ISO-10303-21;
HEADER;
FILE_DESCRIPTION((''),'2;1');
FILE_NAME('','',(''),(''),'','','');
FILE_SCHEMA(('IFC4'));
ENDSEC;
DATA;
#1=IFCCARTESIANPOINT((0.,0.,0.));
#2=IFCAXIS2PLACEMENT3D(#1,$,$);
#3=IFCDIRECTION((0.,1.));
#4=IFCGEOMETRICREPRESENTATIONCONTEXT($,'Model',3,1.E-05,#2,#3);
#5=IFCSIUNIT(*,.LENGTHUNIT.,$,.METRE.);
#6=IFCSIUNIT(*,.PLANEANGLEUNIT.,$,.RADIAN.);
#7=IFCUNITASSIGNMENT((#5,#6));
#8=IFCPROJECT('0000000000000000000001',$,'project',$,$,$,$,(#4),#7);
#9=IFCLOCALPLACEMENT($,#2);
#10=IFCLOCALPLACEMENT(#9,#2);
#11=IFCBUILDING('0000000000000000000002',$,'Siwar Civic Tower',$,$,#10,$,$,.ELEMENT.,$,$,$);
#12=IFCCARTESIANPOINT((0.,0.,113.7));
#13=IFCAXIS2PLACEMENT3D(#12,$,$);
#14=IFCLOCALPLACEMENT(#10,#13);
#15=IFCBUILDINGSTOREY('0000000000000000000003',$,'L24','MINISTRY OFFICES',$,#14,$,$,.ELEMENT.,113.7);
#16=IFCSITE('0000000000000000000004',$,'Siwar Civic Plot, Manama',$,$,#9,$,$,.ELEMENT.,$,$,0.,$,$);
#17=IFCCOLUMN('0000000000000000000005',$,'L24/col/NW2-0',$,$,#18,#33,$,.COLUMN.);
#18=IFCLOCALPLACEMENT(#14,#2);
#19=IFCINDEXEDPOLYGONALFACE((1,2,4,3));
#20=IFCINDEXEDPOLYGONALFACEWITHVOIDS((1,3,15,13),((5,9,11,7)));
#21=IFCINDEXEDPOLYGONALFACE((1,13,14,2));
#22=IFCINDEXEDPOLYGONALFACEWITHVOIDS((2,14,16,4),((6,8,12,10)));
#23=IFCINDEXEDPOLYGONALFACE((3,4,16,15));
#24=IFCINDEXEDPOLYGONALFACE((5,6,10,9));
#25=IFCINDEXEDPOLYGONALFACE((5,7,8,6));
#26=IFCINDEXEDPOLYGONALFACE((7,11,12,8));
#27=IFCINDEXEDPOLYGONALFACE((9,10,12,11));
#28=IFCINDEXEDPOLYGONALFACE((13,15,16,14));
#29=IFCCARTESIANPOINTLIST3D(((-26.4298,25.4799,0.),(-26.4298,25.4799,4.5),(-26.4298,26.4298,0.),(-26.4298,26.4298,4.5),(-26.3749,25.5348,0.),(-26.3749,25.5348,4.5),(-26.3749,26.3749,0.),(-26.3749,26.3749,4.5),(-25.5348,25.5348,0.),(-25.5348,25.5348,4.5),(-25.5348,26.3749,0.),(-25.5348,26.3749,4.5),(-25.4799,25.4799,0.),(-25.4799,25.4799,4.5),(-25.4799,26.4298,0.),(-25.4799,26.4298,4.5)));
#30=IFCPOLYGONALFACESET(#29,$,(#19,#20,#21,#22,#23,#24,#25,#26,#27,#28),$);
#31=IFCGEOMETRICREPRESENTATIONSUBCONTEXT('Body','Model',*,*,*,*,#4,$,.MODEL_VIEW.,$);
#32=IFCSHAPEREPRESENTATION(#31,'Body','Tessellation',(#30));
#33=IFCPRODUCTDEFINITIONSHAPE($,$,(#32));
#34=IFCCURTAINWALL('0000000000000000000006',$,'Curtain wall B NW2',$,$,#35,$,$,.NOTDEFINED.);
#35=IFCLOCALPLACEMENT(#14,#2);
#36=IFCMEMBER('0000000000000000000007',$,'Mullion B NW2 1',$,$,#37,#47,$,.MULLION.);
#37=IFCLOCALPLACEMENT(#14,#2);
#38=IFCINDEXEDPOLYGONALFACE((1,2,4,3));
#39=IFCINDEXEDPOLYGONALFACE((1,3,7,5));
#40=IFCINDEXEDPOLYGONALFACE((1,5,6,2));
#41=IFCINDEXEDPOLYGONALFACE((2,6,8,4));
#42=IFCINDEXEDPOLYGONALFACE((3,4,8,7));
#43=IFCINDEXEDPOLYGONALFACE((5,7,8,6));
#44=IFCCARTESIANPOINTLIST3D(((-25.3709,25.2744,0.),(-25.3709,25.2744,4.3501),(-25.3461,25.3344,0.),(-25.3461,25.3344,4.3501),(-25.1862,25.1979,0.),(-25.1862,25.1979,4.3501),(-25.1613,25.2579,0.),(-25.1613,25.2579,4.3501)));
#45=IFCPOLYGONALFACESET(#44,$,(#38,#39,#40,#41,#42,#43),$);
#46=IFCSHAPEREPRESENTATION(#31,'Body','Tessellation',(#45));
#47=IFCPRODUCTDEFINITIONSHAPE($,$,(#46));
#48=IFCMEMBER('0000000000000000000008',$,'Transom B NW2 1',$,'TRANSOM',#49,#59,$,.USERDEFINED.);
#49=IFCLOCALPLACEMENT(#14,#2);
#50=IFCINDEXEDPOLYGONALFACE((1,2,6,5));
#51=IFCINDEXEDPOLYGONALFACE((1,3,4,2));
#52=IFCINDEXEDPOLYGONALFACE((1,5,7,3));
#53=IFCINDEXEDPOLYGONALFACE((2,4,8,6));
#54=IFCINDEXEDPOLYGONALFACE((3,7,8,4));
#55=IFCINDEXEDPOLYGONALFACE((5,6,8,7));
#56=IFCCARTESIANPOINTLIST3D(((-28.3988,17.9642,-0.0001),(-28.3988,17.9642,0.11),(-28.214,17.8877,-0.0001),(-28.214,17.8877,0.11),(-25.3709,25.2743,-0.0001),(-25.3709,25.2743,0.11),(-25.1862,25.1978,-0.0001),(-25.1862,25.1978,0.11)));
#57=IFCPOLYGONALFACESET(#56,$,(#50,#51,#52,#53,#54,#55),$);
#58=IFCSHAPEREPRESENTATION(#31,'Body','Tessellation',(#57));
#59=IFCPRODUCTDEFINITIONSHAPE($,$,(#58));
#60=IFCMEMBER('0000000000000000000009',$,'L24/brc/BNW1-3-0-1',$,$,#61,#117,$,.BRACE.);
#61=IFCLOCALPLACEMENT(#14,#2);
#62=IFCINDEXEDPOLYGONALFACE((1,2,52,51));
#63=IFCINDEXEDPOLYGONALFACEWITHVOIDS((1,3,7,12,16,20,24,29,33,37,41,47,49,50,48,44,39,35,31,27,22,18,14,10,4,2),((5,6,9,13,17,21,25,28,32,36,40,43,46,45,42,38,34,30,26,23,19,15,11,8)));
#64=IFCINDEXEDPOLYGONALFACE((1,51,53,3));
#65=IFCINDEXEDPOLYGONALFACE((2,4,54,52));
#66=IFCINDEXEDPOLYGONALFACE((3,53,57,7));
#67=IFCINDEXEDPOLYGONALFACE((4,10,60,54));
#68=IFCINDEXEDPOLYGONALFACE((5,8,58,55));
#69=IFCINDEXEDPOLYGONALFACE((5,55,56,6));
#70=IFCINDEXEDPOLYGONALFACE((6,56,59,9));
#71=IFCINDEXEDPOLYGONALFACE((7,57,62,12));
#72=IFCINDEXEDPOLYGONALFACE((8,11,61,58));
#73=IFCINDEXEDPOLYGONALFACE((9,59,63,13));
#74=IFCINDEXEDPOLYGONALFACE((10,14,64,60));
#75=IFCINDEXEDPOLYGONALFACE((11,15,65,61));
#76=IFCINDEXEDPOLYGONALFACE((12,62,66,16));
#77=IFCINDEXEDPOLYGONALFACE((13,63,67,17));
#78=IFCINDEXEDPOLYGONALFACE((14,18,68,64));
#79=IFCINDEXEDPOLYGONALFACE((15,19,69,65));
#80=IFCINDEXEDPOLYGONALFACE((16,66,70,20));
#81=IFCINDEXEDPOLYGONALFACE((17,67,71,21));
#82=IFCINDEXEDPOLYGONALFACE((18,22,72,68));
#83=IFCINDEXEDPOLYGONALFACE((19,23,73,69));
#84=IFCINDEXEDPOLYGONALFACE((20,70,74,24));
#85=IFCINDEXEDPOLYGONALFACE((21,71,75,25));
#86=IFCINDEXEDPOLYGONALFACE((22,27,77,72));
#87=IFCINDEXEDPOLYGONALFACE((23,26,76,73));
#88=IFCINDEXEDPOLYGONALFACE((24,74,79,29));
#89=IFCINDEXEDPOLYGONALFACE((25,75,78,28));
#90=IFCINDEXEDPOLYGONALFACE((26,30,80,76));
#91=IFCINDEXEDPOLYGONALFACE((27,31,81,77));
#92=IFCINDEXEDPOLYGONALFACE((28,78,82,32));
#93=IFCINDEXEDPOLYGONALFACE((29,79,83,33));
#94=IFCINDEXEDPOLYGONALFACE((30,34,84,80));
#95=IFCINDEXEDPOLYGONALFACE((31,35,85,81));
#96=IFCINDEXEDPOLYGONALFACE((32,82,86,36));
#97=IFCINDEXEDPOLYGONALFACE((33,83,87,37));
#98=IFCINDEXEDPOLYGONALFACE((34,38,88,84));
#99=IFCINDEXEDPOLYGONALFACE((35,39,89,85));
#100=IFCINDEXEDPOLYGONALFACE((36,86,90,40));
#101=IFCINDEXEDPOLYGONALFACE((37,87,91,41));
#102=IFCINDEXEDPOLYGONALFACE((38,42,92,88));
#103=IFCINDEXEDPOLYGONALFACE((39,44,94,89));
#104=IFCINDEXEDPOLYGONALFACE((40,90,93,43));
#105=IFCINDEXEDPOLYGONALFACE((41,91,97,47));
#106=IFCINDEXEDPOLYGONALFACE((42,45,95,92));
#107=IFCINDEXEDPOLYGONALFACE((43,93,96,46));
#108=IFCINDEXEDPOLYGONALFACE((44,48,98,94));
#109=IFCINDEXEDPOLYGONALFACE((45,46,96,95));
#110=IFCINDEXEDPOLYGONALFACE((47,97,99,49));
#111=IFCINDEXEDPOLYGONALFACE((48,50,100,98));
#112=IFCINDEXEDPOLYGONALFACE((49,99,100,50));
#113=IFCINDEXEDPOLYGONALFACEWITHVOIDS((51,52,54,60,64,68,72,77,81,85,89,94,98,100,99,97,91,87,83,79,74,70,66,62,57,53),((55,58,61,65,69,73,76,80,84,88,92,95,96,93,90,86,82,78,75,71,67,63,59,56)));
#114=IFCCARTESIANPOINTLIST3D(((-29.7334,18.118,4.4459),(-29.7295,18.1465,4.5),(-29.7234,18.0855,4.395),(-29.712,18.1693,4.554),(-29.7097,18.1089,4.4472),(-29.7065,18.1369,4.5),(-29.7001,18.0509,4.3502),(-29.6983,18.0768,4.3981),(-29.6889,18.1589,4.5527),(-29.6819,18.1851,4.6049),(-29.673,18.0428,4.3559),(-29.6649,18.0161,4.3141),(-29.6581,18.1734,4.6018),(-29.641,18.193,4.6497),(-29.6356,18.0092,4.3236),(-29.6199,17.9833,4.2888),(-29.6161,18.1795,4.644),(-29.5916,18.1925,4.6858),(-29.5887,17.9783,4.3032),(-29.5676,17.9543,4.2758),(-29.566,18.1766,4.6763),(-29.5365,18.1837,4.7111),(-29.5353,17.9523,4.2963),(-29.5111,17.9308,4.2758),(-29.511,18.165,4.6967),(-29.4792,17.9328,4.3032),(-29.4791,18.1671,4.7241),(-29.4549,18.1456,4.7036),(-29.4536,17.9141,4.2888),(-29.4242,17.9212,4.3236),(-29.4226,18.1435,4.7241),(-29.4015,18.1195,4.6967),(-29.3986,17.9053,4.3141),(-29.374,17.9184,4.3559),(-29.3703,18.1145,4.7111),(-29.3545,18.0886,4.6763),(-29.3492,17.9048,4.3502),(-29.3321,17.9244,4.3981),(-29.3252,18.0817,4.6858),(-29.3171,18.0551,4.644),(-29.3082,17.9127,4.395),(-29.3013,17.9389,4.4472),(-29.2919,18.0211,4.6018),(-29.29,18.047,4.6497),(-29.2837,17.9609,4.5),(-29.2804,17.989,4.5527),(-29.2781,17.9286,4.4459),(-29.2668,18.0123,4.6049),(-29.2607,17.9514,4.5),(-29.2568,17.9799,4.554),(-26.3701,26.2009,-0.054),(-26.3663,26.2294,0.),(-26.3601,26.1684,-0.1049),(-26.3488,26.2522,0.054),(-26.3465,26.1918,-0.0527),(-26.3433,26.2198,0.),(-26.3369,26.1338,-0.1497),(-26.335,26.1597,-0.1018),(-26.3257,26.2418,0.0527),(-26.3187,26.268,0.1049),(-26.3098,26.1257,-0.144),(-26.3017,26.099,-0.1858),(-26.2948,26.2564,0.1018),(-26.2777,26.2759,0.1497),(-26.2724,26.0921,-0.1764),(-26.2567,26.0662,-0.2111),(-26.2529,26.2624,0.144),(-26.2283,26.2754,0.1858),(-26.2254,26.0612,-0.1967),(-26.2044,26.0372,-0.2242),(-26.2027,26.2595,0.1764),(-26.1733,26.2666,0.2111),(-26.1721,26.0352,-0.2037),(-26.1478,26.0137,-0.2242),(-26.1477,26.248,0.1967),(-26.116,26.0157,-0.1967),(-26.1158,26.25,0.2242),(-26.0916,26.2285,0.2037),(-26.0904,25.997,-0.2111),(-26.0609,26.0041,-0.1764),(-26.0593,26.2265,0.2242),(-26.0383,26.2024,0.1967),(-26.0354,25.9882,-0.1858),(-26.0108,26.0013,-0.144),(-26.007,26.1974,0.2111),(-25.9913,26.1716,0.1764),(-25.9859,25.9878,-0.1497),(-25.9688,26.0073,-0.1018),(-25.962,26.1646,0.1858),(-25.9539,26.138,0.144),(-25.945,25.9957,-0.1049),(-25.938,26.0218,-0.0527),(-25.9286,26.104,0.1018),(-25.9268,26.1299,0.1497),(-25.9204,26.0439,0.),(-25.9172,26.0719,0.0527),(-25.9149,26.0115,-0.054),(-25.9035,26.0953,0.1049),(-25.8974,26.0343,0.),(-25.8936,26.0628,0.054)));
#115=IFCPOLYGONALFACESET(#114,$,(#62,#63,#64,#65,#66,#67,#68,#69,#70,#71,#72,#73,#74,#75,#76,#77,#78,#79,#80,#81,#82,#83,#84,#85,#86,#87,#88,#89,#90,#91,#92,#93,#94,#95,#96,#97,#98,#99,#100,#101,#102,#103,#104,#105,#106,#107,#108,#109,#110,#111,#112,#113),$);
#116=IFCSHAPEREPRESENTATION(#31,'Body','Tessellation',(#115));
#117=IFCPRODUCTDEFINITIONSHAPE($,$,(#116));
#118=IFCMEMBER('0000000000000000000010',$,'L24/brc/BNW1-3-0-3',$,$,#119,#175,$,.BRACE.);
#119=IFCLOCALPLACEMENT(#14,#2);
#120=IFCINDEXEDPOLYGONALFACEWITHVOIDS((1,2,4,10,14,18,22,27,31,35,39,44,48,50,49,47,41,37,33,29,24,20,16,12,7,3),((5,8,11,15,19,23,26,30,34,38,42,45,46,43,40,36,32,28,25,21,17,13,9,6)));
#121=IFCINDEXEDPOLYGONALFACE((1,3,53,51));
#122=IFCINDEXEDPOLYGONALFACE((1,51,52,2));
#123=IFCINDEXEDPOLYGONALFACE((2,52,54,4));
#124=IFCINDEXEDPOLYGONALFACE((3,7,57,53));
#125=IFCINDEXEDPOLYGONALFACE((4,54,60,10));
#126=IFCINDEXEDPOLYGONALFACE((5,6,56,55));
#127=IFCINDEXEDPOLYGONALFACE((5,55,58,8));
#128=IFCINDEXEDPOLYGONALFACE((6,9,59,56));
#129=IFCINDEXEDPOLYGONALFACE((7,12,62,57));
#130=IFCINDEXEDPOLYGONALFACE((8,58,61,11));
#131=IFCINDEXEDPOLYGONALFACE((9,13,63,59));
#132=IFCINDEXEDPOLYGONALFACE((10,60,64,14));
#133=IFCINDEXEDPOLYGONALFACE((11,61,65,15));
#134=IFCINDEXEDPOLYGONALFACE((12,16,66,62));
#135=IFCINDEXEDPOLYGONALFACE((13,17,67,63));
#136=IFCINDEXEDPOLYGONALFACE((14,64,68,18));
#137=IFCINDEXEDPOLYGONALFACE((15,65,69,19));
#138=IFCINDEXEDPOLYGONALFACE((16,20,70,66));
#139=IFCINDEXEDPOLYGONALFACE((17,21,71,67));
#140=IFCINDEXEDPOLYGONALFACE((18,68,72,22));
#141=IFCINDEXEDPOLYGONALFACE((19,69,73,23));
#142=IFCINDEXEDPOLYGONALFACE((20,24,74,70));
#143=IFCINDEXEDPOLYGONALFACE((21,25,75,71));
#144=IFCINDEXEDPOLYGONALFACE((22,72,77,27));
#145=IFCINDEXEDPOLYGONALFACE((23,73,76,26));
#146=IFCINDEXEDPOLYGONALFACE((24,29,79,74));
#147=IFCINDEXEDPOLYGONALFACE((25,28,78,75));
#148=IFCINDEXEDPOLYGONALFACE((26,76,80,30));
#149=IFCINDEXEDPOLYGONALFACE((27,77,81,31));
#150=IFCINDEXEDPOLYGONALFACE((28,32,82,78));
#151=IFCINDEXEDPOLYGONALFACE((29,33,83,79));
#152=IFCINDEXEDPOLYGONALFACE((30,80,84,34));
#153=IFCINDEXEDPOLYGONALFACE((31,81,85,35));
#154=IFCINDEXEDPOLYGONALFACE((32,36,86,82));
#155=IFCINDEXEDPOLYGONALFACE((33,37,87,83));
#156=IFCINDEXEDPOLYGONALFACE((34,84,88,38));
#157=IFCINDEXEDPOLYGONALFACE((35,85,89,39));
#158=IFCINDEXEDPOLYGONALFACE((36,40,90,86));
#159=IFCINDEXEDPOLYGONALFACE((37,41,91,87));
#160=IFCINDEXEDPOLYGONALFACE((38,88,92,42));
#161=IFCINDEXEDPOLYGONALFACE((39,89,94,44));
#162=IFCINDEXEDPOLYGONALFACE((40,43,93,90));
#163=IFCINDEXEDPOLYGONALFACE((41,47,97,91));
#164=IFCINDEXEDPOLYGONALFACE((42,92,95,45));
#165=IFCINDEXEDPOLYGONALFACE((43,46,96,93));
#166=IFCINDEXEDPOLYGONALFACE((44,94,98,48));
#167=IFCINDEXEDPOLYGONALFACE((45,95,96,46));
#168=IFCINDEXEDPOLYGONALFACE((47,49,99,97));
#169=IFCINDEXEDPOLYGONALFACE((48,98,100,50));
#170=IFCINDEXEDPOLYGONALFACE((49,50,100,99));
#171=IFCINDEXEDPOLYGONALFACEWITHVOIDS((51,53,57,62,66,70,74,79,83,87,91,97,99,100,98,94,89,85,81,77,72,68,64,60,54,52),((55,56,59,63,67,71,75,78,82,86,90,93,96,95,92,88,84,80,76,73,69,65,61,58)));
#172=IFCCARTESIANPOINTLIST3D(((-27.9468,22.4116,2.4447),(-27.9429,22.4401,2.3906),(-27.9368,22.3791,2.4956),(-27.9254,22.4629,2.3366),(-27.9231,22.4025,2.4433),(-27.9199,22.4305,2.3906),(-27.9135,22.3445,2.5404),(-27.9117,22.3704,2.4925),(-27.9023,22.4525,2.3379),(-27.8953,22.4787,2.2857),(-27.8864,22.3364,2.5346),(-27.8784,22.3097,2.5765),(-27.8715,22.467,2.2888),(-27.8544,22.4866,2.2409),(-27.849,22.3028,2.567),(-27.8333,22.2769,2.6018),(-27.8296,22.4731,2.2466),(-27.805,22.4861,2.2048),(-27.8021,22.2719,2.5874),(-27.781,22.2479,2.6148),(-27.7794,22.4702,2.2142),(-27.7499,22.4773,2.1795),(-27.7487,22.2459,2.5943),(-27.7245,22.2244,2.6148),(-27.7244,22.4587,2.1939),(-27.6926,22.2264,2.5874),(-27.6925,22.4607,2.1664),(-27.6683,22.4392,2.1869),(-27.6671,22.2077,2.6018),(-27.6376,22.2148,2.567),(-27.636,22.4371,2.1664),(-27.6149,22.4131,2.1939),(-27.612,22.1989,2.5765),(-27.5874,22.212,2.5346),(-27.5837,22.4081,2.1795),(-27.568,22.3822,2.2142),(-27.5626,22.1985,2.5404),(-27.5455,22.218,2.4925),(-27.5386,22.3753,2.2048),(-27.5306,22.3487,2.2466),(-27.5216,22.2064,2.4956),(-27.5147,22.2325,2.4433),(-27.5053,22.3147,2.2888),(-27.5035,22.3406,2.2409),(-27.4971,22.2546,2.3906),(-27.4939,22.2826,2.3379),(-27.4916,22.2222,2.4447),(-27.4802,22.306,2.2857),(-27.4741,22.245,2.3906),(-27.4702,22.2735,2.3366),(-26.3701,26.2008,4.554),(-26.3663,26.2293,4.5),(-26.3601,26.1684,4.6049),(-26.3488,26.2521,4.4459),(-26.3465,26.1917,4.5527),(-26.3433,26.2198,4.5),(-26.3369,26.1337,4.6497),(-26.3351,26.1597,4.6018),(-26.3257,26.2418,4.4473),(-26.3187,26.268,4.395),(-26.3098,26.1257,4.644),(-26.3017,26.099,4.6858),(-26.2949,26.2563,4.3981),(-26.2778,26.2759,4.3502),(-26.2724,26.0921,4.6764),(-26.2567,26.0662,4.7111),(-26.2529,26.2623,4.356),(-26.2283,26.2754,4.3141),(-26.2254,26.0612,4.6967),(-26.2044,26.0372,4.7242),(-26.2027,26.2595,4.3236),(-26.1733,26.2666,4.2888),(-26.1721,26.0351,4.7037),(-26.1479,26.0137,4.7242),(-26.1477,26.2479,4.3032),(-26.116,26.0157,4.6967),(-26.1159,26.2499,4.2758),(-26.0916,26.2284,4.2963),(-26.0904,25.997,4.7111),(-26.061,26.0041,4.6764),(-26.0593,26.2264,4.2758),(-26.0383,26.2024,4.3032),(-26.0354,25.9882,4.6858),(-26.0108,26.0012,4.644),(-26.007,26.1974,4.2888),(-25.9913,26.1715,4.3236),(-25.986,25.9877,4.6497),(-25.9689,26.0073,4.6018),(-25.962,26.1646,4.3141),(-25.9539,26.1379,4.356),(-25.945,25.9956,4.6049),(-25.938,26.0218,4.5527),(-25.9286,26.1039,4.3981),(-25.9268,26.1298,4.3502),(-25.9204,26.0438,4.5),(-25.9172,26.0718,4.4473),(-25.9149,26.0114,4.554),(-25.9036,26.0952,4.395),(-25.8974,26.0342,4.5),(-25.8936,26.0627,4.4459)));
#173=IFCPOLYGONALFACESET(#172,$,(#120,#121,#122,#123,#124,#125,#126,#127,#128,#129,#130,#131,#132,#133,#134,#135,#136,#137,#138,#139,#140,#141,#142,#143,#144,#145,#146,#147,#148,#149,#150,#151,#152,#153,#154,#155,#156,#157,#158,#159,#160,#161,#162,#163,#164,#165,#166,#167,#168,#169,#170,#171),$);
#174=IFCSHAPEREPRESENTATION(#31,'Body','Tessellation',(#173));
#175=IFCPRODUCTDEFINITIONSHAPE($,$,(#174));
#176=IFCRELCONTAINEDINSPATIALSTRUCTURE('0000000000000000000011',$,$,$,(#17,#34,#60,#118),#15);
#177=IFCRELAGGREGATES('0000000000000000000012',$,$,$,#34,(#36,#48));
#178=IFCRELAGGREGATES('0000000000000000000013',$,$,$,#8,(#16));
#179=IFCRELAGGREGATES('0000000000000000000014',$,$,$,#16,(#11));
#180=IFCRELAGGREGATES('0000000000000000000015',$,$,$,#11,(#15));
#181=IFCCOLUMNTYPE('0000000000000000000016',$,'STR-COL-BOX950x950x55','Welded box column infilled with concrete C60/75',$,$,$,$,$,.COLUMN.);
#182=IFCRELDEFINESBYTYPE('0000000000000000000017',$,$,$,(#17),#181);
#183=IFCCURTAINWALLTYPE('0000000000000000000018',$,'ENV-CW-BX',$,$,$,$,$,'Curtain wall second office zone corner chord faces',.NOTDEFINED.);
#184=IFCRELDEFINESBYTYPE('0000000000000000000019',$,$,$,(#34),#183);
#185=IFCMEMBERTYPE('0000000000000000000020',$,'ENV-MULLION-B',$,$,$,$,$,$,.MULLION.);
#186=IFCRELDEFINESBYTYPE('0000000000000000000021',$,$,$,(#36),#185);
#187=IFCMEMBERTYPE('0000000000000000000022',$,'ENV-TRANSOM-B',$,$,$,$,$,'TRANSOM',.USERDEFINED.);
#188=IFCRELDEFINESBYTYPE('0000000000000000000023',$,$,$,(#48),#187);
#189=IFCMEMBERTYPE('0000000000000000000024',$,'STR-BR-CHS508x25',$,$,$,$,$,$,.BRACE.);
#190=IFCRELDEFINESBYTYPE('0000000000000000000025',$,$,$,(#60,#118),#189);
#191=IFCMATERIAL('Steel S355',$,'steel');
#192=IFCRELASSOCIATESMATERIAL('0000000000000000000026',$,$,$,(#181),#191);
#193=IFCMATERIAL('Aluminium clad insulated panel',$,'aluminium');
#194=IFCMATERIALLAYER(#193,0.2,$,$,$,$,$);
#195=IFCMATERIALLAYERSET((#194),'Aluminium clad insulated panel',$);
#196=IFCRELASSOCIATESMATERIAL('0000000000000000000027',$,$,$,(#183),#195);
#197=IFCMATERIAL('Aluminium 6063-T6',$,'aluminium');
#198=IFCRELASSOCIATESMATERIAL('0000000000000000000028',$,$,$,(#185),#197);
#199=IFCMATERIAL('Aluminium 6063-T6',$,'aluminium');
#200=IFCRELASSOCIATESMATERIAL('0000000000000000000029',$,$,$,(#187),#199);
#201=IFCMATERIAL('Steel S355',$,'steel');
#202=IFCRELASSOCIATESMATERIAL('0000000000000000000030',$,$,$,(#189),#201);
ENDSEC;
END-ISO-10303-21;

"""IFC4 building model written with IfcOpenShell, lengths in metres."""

from ifc_helpers import new_model, si_unit, direction, frame, origin, origin_2d, place, context, subcontext, project, spatial, rectangle, hollow_rectangle, hollow_circle, extrude, material, layer, layer_set, material_profile, profile_set, type_object, element, aggregate, save


model = new_model("IFC4")

# Units and contexts
model_context = context("Model", 3, precision=1e-05, world=origin(), true_north=direction((0.0, 1.0)))
body_context = subcontext(model_context, "Body", "Model", "MODEL_VIEW")
ifc_project = project(units=[si_unit("LENGTHUNIT", "METRE"), si_unit("PLANEANGLEUNIT", "RADIAN")], contexts=[model_context])

# Site, building, storey
site_placement = place(None, origin())
site = spatial("IfcSite", under=ifc_project, at=site_placement, Name="Siwar Civic Plot, Manama", CompositionType="ELEMENT", RefElevation=0.0)
building_placement = place(site_placement, origin())
building = spatial("IfcBuilding", under=site, at=building_placement, Name="Siwar Civic Tower", CompositionType="ELEMENT")
storey_placement = place(building_placement, frame((0.0, 0.0, 113.7)))
storey = spatial("IfcBuildingStorey", under=building, at=storey_placement, Name="L24", Description="MINISTRY OFFICES", CompositionType="ELEMENT", Elevation=113.7)

# Column
ifc_material_1 = material(Name="Steel S355", Category="steel")
ifc_material_profile_1 = material_profile(ifc_material_1, hollow_rectangle(XDim=0.95, YDim=0.95, WallThickness=0.0549, at=origin_2d()), Name="BOX950x950x55")
ifc_profile_set_1 = profile_set([ifc_material_profile_1], Name="Steel S355")
column_type = type_object("IfcColumnType", Name="STR-COL-BOX950x950x55", Description="Welded box column infilled with concrete C60/75", PredefinedType="COLUMN", material=ifc_profile_set_1)
column_placement = place(storey_placement, frame((-25.9548, 25.9548, 0.0), z_axis=(0.0, 0.0, 1.0), x_axis=(1.0, 0.0, 0.0)))
element("IfcColumn", 1, at=column_placement, inside=storey, type_object=column_type, Name="L24/col/NW2-0", PredefinedType="COLUMN", context=body_context, shape_type="SweptSolid", body=[
    extrude(hollow_rectangle(XDim=0.95, YDim=0.95, WallThickness=0.0549, at=origin_2d()), origin(), (0.0, 0.0, 1.0), 4.5),
])

# Curtain wall, members
ifc_material_2 = material(Name="Aluminium clad insulated panel", Category="aluminium")
ifc_layer_1 = layer(ifc_material_2, 0.2)
ifc_layer_set_1 = layer_set([ifc_layer_1], Name="Aluminium clad insulated panel")
curtain_wall_type = type_object("IfcCurtainWallType", Name="ENV-CW-BX", ElementType="Curtain wall second office zone corner chord faces", PredefinedType="NOTDEFINED", material=ifc_layer_set_1)
curtain_wall_placement = place(storey_placement, origin())
curtain_wall = element("IfcCurtainWall", 2, at=curtain_wall_placement, inside=storey, type_object=curtain_wall_type, Name="Curtain wall B NW2", PredefinedType="NOTDEFINED")
ifc_material_3 = material(Name="Aluminium 6063-T6", Category="aluminium")
ifc_material_profile_2 = material_profile(ifc_material_3, rectangle(XDim=0.2, YDim=0.0649, at=origin_2d()), Name="AL 200x65")
ifc_profile_set_2 = profile_set([ifc_material_profile_2], Name="Aluminium 6063-T6")
member_type_1 = type_object("IfcMemberType", Name="ENV-MULLION-B", PredefinedType="MULLION", material=ifc_profile_set_2)
member_1_placement = place(storey_placement, frame((-25.2661, 25.2661, 0.0), z_axis=(0.0, 0.0, 1.0), x_axis=(0.92388, -0.382683, 0.0)))
member_1 = element("IfcMember", 3, at=member_1_placement, type_object=member_type_1, Name="Mullion B NW2 1", PredefinedType="MULLION", context=body_context, shape_type="SweptSolid", body=[
    extrude(rectangle(XDim=0.2, YDim=0.0649, at=origin_2d()), origin(), (0.0, 0.0, 1.0), 4.3501),
])
ifc_material_4 = material(Name="Aluminium 6063-T6", Category="aluminium")
ifc_material_profile_3 = material_profile(ifc_material_4, rectangle(XDim=0.2, YDim=0.1101, at=origin_2d()), Name="AL 200x110")
ifc_profile_set_3 = profile_set([ifc_material_profile_3], Name="Aluminium 6063-T6")
member_type_2 = type_object("IfcMemberType", Name="ENV-TRANSOM-B", ElementType="TRANSOM", PredefinedType="USERDEFINED", material=ifc_profile_set_3)
member_2_placement = place(storey_placement, frame((-25.2786, 25.2361, 0.0549), z_axis=(-0.382673, -0.923884, 0.0), x_axis=(0.923884, -0.382673, 0.0)))
member_2 = element("IfcMember", 4, at=member_2_placement, type_object=member_type_2, Name="Transom B NW2 1", ObjectType="TRANSOM", PredefinedType="USERDEFINED", context=body_context, shape_type="SweptSolid", body=[
    extrude(rectangle(XDim=0.2, YDim=0.1101, at=origin_2d()), origin(), (0.0, 0.0, 1.0), 7.9124),
])

# Members
ifc_material_5 = material(Name="Steel S355", Category="steel")
ifc_material_profile_4 = material_profile(ifc_material_5, hollow_circle(Radius=0.2539, WallThickness=0.0249, at=origin_2d()), Name="CHS508x25")
ifc_profile_set_4 = profile_set([ifc_material_profile_4], Name="Steel S355")
member_type_3 = type_object("IfcMemberType", Name="STR-BR-CHS508x25", PredefinedType="BRACE", material=ifc_profile_set_4)
member_3_placement = place(storey_placement, frame((-26.1318, 26.1318, 0.0), z_axis=(-0.341671, -0.821143, 0.457149), x_axis=(0.923265, -0.384164, 0.0)))
element("IfcMember", 5, at=member_3_placement, inside=storey, type_object=member_type_3, Name="L24/brc/BNW1-3-0-1", PredefinedType="BRACE", context=body_context, shape_type="SweptSolid", body=[
    extrude(hollow_circle(Radius=0.2539, WallThickness=0.0249, at=origin_2d()), origin(), (0.0, 0.0, 1.0), 9.8435),
])
member_4_placement = place(storey_placement, frame((-27.7085, 22.3425, 2.3906), z_axis=(0.341671, 0.821163, 0.457113), x_axis=(-0.923269, 0.384155, 0.0)))
element("IfcMember", 6, at=member_4_placement, inside=storey, type_object=member_type_3, Name="L24/brc/BNW1-3-0-3", PredefinedType="BRACE", context=body_context, shape_type="SweptSolid", body=[
    extrude(hollow_circle(Radius=0.2539, WallThickness=0.0249, at=origin_2d()), origin(), (0.0, 0.0, 1.0), 4.6145),
])

aggregate(curtain_wall, [member_1, member_2])

save(model, "model.ifc")
